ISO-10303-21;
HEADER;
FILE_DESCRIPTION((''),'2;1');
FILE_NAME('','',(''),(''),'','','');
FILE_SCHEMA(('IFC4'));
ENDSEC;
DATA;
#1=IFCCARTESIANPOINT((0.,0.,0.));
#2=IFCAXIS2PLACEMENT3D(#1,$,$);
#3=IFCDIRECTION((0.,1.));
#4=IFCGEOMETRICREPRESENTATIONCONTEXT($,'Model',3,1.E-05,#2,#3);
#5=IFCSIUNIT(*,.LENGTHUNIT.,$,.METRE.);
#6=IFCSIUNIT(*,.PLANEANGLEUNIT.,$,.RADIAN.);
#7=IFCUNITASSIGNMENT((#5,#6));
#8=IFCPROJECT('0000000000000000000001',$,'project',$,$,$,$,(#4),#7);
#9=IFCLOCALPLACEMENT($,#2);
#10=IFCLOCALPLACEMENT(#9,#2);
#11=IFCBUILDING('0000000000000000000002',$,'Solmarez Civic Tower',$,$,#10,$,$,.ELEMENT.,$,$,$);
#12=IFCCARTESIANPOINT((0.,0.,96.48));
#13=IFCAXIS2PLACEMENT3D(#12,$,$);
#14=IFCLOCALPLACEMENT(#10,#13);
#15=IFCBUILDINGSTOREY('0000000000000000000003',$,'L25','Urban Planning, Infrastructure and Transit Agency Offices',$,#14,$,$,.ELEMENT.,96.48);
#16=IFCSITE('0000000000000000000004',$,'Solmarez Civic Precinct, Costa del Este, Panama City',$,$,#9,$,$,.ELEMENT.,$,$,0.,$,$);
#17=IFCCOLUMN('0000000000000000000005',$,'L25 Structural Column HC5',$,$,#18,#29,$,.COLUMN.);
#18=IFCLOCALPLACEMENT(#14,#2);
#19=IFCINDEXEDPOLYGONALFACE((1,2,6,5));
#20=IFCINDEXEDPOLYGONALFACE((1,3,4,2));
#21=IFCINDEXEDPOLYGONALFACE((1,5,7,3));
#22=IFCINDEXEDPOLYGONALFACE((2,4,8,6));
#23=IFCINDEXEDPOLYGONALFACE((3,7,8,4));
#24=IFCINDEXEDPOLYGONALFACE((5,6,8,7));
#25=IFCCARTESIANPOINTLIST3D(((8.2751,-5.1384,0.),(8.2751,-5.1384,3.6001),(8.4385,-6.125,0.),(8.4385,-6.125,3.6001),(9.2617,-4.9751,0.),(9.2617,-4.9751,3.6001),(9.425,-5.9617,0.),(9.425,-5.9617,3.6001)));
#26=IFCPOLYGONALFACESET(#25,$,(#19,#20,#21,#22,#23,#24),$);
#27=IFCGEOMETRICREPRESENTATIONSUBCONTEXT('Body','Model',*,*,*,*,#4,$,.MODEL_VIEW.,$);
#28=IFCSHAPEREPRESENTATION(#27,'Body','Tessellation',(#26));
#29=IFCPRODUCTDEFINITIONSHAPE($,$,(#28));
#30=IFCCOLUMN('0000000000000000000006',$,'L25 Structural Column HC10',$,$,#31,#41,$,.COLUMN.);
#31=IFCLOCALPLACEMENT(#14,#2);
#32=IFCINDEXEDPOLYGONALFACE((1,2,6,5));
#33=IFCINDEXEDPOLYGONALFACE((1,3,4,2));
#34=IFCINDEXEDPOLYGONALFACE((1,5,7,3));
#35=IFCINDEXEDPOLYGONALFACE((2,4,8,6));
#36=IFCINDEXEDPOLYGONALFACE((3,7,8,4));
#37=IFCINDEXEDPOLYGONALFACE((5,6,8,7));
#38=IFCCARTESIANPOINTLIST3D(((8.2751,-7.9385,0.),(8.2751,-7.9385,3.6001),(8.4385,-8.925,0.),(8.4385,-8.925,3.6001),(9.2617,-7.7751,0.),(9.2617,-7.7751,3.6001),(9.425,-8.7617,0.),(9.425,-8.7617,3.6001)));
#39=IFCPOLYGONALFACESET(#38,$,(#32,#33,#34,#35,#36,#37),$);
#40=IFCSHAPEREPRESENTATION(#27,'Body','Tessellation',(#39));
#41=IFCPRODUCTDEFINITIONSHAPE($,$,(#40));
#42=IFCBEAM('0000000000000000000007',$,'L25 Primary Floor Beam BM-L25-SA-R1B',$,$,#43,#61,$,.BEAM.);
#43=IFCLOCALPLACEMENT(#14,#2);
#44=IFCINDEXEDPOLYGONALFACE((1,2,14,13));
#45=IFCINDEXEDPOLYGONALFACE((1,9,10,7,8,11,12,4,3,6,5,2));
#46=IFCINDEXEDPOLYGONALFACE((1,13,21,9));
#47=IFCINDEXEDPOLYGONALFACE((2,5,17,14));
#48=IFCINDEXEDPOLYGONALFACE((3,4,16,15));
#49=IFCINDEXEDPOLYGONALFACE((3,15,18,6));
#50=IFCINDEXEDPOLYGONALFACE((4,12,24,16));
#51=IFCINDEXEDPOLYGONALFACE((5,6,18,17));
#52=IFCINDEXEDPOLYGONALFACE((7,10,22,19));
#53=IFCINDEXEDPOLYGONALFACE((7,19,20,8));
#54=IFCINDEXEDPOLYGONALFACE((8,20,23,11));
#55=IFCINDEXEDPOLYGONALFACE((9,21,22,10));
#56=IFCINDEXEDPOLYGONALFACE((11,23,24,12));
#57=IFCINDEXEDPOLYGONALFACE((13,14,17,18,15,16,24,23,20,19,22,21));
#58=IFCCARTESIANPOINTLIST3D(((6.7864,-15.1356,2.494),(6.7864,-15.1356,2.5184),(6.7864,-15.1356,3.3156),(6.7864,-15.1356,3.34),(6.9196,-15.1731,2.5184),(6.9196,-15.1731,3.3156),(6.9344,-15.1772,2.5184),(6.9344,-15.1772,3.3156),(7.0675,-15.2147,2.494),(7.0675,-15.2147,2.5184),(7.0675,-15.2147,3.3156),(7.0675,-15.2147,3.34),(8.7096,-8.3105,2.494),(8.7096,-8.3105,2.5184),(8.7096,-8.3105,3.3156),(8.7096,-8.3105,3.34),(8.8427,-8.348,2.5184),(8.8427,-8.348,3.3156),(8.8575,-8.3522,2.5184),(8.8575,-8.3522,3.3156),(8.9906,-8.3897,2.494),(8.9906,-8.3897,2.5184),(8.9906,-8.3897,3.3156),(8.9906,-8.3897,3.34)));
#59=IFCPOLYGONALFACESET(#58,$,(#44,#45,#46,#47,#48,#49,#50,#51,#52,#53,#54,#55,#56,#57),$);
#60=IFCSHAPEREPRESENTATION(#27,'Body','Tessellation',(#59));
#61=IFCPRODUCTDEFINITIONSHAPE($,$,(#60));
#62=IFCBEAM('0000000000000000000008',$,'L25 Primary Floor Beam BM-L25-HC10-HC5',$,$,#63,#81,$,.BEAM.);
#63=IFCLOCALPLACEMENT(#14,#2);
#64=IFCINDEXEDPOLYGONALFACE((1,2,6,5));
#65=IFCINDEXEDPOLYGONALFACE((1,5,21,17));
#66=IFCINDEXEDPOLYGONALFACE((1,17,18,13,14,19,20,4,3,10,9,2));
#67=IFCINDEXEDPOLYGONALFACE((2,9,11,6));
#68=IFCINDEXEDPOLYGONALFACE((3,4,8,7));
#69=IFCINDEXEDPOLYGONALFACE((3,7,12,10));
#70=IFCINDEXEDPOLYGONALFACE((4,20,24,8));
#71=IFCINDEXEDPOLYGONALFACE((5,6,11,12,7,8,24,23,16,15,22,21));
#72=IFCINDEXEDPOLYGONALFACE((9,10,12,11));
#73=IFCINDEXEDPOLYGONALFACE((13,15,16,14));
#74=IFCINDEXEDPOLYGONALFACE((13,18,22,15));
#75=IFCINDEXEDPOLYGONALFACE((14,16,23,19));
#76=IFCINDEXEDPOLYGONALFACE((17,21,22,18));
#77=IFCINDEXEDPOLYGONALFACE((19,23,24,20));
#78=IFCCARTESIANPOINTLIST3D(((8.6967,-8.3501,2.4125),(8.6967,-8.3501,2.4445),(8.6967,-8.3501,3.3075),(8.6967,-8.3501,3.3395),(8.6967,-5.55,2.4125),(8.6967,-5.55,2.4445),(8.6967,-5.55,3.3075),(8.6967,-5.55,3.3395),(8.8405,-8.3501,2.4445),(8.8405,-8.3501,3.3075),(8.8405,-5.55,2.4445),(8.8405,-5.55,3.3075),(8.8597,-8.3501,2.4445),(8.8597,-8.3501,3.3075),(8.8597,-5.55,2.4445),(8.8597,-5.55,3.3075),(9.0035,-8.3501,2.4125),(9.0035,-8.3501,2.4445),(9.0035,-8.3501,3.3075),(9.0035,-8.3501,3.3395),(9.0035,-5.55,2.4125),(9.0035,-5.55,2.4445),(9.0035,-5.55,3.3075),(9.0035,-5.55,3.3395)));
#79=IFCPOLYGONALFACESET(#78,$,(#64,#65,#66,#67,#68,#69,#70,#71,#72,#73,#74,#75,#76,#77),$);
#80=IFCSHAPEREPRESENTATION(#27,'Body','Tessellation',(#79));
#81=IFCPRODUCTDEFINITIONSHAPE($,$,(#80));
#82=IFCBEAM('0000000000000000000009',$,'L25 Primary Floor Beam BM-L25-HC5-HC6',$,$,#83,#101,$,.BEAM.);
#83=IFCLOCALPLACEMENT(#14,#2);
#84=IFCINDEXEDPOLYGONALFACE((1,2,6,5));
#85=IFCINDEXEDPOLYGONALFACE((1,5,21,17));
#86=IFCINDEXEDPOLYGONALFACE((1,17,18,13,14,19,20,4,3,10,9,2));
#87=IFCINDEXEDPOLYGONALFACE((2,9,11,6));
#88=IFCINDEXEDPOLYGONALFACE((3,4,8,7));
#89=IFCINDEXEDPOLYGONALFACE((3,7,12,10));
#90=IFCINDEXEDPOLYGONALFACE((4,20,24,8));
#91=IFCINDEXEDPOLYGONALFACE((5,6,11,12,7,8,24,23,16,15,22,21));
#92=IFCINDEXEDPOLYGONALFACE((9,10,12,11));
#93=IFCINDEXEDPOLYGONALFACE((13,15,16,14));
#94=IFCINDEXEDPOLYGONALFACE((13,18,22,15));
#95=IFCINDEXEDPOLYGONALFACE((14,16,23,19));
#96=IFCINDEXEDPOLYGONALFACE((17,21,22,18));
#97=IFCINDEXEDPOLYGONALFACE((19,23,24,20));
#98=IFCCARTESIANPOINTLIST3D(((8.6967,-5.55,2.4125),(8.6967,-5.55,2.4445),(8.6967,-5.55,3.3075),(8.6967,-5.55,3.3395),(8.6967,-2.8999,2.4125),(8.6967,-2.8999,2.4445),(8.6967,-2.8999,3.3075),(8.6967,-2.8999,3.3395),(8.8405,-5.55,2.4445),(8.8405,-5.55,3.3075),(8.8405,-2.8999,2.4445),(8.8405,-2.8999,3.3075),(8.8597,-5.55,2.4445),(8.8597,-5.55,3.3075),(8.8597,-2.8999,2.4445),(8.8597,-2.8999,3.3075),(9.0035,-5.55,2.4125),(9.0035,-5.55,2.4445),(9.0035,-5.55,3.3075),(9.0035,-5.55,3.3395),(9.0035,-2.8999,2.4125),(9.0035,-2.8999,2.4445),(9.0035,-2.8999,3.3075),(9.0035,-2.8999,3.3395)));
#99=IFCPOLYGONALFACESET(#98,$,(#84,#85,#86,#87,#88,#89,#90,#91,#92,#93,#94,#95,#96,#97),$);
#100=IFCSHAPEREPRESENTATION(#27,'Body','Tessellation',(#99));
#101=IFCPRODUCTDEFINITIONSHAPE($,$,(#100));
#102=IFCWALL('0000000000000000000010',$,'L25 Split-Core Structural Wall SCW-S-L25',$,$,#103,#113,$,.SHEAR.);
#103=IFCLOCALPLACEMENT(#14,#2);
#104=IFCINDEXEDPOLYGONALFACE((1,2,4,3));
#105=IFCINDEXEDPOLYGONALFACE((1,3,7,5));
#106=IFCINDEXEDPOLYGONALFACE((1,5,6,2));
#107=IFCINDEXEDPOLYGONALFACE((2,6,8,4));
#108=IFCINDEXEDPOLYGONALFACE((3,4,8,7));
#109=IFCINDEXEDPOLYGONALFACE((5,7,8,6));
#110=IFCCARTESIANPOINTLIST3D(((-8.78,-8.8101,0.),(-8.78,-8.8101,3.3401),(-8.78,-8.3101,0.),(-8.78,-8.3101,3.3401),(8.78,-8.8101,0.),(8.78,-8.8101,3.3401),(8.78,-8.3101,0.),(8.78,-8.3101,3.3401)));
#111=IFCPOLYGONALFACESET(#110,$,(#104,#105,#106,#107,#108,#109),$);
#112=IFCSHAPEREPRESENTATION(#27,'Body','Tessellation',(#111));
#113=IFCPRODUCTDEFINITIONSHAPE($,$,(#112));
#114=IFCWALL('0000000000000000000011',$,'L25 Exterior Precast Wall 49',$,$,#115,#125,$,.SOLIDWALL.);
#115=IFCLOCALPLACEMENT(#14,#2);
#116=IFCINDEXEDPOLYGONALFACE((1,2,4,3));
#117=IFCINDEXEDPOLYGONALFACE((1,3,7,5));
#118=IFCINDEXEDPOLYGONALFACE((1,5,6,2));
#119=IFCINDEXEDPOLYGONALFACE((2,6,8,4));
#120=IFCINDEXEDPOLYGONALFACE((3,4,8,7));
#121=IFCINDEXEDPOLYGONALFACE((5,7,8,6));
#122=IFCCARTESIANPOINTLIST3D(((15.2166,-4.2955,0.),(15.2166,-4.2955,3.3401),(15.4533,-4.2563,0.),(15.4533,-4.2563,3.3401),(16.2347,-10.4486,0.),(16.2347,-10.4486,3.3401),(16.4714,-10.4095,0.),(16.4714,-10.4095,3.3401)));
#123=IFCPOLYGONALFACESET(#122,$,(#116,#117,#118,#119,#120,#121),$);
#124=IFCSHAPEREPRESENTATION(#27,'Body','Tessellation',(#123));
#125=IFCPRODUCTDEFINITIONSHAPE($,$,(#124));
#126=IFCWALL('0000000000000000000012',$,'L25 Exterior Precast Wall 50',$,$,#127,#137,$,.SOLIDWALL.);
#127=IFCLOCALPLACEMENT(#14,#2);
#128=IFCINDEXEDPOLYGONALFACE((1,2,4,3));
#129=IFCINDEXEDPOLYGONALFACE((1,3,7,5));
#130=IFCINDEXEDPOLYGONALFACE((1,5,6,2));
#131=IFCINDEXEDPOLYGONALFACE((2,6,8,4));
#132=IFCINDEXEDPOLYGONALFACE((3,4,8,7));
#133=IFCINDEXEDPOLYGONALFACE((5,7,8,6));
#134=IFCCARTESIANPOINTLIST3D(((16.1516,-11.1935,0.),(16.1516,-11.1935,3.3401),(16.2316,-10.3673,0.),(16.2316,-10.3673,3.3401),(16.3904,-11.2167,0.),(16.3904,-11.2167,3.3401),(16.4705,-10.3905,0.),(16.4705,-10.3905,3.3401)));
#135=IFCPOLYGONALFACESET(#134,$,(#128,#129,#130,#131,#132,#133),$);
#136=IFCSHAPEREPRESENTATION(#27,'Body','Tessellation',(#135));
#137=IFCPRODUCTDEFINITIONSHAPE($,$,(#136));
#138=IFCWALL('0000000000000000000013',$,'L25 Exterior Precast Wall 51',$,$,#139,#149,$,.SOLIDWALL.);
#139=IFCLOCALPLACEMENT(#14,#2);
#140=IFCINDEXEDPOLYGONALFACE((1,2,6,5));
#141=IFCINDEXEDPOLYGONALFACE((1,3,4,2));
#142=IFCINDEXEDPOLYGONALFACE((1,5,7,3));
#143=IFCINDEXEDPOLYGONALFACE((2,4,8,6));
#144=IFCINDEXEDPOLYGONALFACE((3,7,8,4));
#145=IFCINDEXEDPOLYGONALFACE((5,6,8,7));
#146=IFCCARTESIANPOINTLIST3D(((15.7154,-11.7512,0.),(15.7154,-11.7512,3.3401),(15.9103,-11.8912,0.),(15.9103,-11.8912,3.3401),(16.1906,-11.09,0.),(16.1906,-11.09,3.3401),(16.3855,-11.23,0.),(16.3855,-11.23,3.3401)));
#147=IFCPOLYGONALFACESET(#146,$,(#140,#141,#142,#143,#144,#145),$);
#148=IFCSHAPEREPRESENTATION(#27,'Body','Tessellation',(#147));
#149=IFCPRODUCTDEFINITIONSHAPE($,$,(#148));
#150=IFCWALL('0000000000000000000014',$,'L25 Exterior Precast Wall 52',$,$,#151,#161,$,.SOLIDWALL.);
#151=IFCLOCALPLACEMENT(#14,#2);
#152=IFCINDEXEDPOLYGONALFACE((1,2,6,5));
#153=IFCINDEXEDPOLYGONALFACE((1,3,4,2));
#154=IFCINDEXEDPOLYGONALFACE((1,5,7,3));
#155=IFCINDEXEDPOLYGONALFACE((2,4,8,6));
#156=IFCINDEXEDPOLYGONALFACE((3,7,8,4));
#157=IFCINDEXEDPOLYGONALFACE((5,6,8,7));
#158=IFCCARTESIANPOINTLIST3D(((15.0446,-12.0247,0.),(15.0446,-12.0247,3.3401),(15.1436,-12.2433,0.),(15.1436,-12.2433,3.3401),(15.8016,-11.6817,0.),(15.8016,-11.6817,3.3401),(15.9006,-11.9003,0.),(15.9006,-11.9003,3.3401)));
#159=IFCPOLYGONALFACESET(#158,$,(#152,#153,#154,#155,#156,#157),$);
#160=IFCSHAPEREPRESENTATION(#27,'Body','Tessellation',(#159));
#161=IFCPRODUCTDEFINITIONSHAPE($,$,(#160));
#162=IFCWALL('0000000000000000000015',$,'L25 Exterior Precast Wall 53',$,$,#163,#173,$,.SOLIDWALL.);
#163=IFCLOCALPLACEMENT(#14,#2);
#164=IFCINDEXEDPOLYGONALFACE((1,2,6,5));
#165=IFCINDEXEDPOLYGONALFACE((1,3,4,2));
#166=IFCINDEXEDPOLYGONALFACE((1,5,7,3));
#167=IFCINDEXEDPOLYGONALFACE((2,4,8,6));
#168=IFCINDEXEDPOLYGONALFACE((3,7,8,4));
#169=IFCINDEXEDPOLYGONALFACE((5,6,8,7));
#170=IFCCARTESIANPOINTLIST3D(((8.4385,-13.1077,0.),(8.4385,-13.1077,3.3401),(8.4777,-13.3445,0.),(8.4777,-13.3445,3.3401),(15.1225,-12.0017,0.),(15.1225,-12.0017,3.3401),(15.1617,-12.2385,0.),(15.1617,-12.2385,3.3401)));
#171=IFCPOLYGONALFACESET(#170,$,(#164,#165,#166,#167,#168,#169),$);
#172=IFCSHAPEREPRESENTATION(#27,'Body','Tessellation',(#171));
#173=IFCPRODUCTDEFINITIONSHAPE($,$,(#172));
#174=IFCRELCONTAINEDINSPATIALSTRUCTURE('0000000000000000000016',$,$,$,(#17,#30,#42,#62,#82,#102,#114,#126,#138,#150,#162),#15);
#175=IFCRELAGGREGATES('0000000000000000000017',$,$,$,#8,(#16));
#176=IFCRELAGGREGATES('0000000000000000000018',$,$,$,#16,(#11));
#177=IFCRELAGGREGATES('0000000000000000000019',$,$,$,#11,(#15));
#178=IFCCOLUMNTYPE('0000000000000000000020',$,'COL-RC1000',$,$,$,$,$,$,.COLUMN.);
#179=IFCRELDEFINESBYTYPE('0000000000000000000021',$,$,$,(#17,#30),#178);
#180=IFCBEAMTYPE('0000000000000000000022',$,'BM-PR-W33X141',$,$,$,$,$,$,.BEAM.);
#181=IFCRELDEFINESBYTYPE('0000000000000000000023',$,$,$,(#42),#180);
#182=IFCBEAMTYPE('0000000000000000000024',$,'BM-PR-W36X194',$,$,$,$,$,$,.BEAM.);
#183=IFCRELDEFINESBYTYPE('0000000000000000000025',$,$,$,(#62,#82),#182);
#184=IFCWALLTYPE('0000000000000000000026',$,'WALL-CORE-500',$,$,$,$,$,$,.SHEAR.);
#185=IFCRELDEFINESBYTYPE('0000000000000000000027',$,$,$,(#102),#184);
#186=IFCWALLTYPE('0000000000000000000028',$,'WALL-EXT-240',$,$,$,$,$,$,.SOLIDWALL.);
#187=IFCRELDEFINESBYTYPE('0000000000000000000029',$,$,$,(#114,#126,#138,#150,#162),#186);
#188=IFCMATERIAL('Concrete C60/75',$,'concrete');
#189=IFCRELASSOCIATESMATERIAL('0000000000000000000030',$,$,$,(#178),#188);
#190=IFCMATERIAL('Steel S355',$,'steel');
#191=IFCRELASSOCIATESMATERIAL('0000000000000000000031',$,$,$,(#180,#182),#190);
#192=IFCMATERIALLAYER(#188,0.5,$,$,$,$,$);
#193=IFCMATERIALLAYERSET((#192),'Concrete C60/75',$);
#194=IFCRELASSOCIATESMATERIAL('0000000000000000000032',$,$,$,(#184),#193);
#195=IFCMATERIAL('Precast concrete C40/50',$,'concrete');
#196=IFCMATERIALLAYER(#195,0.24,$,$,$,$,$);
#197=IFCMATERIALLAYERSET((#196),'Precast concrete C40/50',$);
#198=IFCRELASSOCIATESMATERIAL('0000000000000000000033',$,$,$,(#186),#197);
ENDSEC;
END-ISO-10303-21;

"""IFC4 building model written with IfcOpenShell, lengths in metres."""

from ifc_helpers import new_model, si_unit, direction, frame, frame_2d, origin, origin_2d, place, context, subcontext, project, spatial, rectangle, i_section, extrude, material, layer, layer_set, material_profile, profile_set, type_object, element, save


model = new_model("IFC4")

# Units and contexts
model_context = context("Model", 3, precision=1e-05, world=origin(), true_north=direction((0.0, 1.0)))
body_context = subcontext(model_context, "Body", "Model", "MODEL_VIEW")
ifc_project = project(units=[si_unit("LENGTHUNIT", "METRE"), si_unit("PLANEANGLEUNIT", "RADIAN")], contexts=[model_context])

# Site, building, storey
site_placement = place(None, origin())
site = spatial("IfcSite", under=ifc_project, at=site_placement, Name="Solmarez Civic Precinct, Costa del Este, Panama City", CompositionType="ELEMENT", RefElevation=0.0)
building_placement = place(site_placement, origin())
building = spatial("IfcBuilding", under=site, at=building_placement, Name="Solmarez Civic Tower", CompositionType="ELEMENT")
storey_placement = place(building_placement, frame((0.0, 0.0, 96.48)))
storey = spatial("IfcBuildingStorey", under=building, at=storey_placement, Name="L25", Description="Urban Planning, Infrastructure and Transit Agency Offices", CompositionType="ELEMENT", Elevation=96.48)

# Columns
ifc_material_1 = material(Name="Concrete C60/75", Category="concrete")
ifc_material_profile_1 = material_profile(ifc_material_1, rectangle(XDim=1.0, YDim=1.0, at=origin_2d()), Name="RC1000X1000")
ifc_profile_set_1 = profile_set([ifc_material_profile_1], Name="Concrete C60/75")
column_type = type_object("IfcColumnType", Name="COL-RC1000", PredefinedType="COLUMN", material=ifc_profile_set_1)
for number, where, z_axis, x_axis, name in (
    (1, (8.8501, -5.55, 0.0), (0.0, 0.0, 1.0), (0.986572, 0.163326, 0.0), "L25 Structural Column HC5"),
    (2, (8.8501, -8.3501, 0.0), (0.0, 0.0, 1.0), (0.986572, 0.163326, 0.0), "L25 Structural Column HC10"),
):
    element("IfcColumn", number, at=place(storey_placement, frame(where, z_axis=z_axis, x_axis=x_axis)), inside=storey, type_object=column_type, Name=name, PredefinedType="COLUMN", context=body_context, shape_type="SweptSolid", body=[
        extrude(rectangle(XDim=1.0, YDim=1.0, at=origin_2d()), origin(), (0.0, 0.0, 1.0), 3.6001),
    ])

# Beams
ifc_material_2 = material(Name="Steel S355", Category="steel")
ifc_material_profile_2 = material_profile(ifc_material_2, i_section(OverallWidth=0.292, OverallDepth=0.8459, WebThickness=0.0154, FlangeThickness=0.0244, at=origin_2d()), Name="W33X141")
ifc_profile_set_2 = profile_set([ifc_material_profile_2], Name="Steel S355")
beam_type_1 = type_object("IfcBeamType", Name="BM-PR-W33X141", PredefinedType="BEAM", material=ifc_profile_set_2)
beam_1_placement = place(storey_placement, frame((8.8501, -8.3501, 2.917), z_axis=(-0.271213, -0.962519, 0.0), x_axis=(0.962519, -0.271213, 0.0)))
element("IfcBeam", 3, at=beam_1_placement, inside=storey, type_object=beam_type_1, Name="L25 Primary Floor Beam BM-L25-SA-R1B", PredefinedType="BEAM", context=body_context, shape_type="SweptSolid", body=[
    extrude(i_section(OverallWidth=0.292, OverallDepth=0.8459, WebThickness=0.0154, FlangeThickness=0.0244, at=origin_2d()), origin(), (0.0, 0.0, 1.0), 7.0908),
])
ifc_material_profile_3 = material_profile(ifc_material_2, i_section(OverallWidth=0.3069, OverallDepth=0.927, WebThickness=0.0193, FlangeThickness=0.032, at=origin_2d()), Name="W36X194")
ifc_profile_set_3 = profile_set([ifc_material_profile_3], Name="Steel S355")
beam_type_2 = type_object("IfcBeamType", Name="BM-PR-W36X194", PredefinedType="BEAM", material=ifc_profile_set_3)
beam_2_placement = place(storey_placement, frame((8.8501, -8.3501, 2.876), z_axis=(0.0, 1.0, 0.0), x_axis=(-1.0, 0.0, 0.0)))
element("IfcBeam", 4, at=beam_2_placement, inside=storey, type_object=beam_type_2, Name="L25 Primary Floor Beam BM-L25-HC10-HC5", PredefinedType="BEAM", context=body_context, shape_type="SweptSolid", body=[
    extrude(i_section(OverallWidth=0.3069, OverallDepth=0.927, WebThickness=0.0193, FlangeThickness=0.032, at=origin_2d()), origin(), (0.0, 0.0, 1.0), 2.8),
])
beam_3_placement = place(storey_placement, frame((8.8501, -5.55, 2.876), z_axis=(0.0, 1.0, 0.0), x_axis=(-1.0, 0.0, 0.0)))
element("IfcBeam", 5, at=beam_3_placement, inside=storey, type_object=beam_type_2, Name="L25 Primary Floor Beam BM-L25-HC5-HC6", PredefinedType="BEAM", context=body_context, shape_type="SweptSolid", body=[
    extrude(i_section(OverallWidth=0.3069, OverallDepth=0.927, WebThickness=0.0193, FlangeThickness=0.032, at=origin_2d()), origin(), (0.0, 0.0, 1.0), 2.6501),
])

# Walls
ifc_layer_1 = layer(ifc_material_1, 0.5)
ifc_layer_set_1 = layer_set([ifc_layer_1], Name="Concrete C60/75")
wall_type_1 = type_object("IfcWallType", Name="WALL-CORE-500", PredefinedType="SHEAR", material=ifc_layer_set_1)
wall_1_placement = place(storey_placement, frame((8.78, -8.5601, 0.0), z_axis=(0.0, 0.0, 1.0), x_axis=(-1.0, 0.0, 0.0)))
element("IfcWall", 6, at=wall_1_placement, inside=storey, type_object=wall_type_1, Name="L25 Split-Core Structural Wall SCW-S-L25", PredefinedType="SHEAR", context=body_context, shape_type="SweptSolid", body=[
    extrude(rectangle(XDim=17.5601, YDim=0.5, at=frame_2d((8.78, 0.0))), origin(), (0.0, 0.0, 1.0), 3.3401),
])
ifc_material_3 = material(Name="Precast concrete C40/50", Category="concrete")
ifc_layer_2 = layer(ifc_material_3, 0.24)
ifc_layer_set_2 = layer_set([ifc_layer_2], Name="Precast concrete C40/50")
wall_type_2 = type_object("IfcWallType", Name="WALL-EXT-240", PredefinedType="SOLIDWALL", material=ifc_layer_set_2)
wall_2_placement = place(storey_placement, frame((15.335, -4.2759, 0.0), z_axis=(0.0, 0.0, 1.0), x_axis=(0.163237, -0.986587, 0.0)))
element("IfcWall", 7, at=wall_2_placement, inside=storey, type_object=wall_type_2, Name="L25 Exterior Precast Wall 49", PredefinedType="SOLIDWALL", context=body_context, shape_type="SweptSolid", body=[
    extrude(rectangle(XDim=6.2368, YDim=0.24, at=frame_2d((3.1184, 0.0))), origin(), (0.0, 0.0, 1.0), 3.3401),
])
wall_3_placement = place(storey_placement, frame((16.3511, -10.3789, 0.0), z_axis=(0.0, 0.0, 1.0), x_axis=(-0.096475, -0.995335, 0.0)))
element("IfcWall", 8, at=wall_3_placement, inside=storey, type_object=wall_type_2, Name="L25 Exterior Precast Wall 50", PredefinedType="SOLIDWALL", context=body_context, shape_type="SweptSolid", body=[
    extrude(rectangle(XDim=0.8301, YDim=0.24, at=frame_2d((0.415, 0.0))), origin(), (0.0, 0.0, 1.0), 3.3401),
])
wall_4_placement = place(storey_placement, frame((16.2881, -11.1599, 0.0), z_axis=(0.0, 0.0, 1.0), x_axis=(-0.583562, -0.812069, 0.0)))
element("IfcWall", 9, at=wall_4_placement, inside=storey, type_object=wall_type_2, Name="L25 Exterior Precast Wall 51", PredefinedType="SOLIDWALL", context=body_context, shape_type="SweptSolid", body=[
    extrude(rectangle(XDim=0.8142, YDim=0.24, at=frame_2d((0.4072, 0.0))), origin(), (0.0, 0.0, 1.0), 3.3401),
])
wall_5_placement = place(storey_placement, frame((15.8511, -11.791, 0.0), z_axis=(0.0, 0.0, 1.0), x_axis=(-0.910869, -0.412696, 0.0)))
element("IfcWall", 10, at=wall_5_placement, inside=storey, type_object=wall_type_2, Name="L25 Exterior Precast Wall 52", PredefinedType="SOLIDWALL", context=body_context, shape_type="SweptSolid", body=[
    extrude(rectangle(XDim=0.8311, YDim=0.24, at=frame_2d((0.4155, 0.0))), origin(), (0.0, 0.0, 1.0), 3.3401),
])
wall_6_placement = place(storey_placement, frame((15.1421, -12.1201, 0.0), z_axis=(0.0, 0.0, 1.0), x_axis=(-0.986586, -0.163242, 0.0)))
element("IfcWall", 11, at=wall_6_placement, inside=storey, type_object=wall_type_2, Name="L25 Exterior Precast Wall 53", PredefinedType="SOLIDWALL", context=body_context, shape_type="SweptSolid", body=[
    extrude(rectangle(XDim=6.7749, YDim=0.24, at=frame_2d((3.3875, 0.0))), origin(), (0.0, 0.0, 1.0), 3.3401),
])

save(model, "model.ifc")
